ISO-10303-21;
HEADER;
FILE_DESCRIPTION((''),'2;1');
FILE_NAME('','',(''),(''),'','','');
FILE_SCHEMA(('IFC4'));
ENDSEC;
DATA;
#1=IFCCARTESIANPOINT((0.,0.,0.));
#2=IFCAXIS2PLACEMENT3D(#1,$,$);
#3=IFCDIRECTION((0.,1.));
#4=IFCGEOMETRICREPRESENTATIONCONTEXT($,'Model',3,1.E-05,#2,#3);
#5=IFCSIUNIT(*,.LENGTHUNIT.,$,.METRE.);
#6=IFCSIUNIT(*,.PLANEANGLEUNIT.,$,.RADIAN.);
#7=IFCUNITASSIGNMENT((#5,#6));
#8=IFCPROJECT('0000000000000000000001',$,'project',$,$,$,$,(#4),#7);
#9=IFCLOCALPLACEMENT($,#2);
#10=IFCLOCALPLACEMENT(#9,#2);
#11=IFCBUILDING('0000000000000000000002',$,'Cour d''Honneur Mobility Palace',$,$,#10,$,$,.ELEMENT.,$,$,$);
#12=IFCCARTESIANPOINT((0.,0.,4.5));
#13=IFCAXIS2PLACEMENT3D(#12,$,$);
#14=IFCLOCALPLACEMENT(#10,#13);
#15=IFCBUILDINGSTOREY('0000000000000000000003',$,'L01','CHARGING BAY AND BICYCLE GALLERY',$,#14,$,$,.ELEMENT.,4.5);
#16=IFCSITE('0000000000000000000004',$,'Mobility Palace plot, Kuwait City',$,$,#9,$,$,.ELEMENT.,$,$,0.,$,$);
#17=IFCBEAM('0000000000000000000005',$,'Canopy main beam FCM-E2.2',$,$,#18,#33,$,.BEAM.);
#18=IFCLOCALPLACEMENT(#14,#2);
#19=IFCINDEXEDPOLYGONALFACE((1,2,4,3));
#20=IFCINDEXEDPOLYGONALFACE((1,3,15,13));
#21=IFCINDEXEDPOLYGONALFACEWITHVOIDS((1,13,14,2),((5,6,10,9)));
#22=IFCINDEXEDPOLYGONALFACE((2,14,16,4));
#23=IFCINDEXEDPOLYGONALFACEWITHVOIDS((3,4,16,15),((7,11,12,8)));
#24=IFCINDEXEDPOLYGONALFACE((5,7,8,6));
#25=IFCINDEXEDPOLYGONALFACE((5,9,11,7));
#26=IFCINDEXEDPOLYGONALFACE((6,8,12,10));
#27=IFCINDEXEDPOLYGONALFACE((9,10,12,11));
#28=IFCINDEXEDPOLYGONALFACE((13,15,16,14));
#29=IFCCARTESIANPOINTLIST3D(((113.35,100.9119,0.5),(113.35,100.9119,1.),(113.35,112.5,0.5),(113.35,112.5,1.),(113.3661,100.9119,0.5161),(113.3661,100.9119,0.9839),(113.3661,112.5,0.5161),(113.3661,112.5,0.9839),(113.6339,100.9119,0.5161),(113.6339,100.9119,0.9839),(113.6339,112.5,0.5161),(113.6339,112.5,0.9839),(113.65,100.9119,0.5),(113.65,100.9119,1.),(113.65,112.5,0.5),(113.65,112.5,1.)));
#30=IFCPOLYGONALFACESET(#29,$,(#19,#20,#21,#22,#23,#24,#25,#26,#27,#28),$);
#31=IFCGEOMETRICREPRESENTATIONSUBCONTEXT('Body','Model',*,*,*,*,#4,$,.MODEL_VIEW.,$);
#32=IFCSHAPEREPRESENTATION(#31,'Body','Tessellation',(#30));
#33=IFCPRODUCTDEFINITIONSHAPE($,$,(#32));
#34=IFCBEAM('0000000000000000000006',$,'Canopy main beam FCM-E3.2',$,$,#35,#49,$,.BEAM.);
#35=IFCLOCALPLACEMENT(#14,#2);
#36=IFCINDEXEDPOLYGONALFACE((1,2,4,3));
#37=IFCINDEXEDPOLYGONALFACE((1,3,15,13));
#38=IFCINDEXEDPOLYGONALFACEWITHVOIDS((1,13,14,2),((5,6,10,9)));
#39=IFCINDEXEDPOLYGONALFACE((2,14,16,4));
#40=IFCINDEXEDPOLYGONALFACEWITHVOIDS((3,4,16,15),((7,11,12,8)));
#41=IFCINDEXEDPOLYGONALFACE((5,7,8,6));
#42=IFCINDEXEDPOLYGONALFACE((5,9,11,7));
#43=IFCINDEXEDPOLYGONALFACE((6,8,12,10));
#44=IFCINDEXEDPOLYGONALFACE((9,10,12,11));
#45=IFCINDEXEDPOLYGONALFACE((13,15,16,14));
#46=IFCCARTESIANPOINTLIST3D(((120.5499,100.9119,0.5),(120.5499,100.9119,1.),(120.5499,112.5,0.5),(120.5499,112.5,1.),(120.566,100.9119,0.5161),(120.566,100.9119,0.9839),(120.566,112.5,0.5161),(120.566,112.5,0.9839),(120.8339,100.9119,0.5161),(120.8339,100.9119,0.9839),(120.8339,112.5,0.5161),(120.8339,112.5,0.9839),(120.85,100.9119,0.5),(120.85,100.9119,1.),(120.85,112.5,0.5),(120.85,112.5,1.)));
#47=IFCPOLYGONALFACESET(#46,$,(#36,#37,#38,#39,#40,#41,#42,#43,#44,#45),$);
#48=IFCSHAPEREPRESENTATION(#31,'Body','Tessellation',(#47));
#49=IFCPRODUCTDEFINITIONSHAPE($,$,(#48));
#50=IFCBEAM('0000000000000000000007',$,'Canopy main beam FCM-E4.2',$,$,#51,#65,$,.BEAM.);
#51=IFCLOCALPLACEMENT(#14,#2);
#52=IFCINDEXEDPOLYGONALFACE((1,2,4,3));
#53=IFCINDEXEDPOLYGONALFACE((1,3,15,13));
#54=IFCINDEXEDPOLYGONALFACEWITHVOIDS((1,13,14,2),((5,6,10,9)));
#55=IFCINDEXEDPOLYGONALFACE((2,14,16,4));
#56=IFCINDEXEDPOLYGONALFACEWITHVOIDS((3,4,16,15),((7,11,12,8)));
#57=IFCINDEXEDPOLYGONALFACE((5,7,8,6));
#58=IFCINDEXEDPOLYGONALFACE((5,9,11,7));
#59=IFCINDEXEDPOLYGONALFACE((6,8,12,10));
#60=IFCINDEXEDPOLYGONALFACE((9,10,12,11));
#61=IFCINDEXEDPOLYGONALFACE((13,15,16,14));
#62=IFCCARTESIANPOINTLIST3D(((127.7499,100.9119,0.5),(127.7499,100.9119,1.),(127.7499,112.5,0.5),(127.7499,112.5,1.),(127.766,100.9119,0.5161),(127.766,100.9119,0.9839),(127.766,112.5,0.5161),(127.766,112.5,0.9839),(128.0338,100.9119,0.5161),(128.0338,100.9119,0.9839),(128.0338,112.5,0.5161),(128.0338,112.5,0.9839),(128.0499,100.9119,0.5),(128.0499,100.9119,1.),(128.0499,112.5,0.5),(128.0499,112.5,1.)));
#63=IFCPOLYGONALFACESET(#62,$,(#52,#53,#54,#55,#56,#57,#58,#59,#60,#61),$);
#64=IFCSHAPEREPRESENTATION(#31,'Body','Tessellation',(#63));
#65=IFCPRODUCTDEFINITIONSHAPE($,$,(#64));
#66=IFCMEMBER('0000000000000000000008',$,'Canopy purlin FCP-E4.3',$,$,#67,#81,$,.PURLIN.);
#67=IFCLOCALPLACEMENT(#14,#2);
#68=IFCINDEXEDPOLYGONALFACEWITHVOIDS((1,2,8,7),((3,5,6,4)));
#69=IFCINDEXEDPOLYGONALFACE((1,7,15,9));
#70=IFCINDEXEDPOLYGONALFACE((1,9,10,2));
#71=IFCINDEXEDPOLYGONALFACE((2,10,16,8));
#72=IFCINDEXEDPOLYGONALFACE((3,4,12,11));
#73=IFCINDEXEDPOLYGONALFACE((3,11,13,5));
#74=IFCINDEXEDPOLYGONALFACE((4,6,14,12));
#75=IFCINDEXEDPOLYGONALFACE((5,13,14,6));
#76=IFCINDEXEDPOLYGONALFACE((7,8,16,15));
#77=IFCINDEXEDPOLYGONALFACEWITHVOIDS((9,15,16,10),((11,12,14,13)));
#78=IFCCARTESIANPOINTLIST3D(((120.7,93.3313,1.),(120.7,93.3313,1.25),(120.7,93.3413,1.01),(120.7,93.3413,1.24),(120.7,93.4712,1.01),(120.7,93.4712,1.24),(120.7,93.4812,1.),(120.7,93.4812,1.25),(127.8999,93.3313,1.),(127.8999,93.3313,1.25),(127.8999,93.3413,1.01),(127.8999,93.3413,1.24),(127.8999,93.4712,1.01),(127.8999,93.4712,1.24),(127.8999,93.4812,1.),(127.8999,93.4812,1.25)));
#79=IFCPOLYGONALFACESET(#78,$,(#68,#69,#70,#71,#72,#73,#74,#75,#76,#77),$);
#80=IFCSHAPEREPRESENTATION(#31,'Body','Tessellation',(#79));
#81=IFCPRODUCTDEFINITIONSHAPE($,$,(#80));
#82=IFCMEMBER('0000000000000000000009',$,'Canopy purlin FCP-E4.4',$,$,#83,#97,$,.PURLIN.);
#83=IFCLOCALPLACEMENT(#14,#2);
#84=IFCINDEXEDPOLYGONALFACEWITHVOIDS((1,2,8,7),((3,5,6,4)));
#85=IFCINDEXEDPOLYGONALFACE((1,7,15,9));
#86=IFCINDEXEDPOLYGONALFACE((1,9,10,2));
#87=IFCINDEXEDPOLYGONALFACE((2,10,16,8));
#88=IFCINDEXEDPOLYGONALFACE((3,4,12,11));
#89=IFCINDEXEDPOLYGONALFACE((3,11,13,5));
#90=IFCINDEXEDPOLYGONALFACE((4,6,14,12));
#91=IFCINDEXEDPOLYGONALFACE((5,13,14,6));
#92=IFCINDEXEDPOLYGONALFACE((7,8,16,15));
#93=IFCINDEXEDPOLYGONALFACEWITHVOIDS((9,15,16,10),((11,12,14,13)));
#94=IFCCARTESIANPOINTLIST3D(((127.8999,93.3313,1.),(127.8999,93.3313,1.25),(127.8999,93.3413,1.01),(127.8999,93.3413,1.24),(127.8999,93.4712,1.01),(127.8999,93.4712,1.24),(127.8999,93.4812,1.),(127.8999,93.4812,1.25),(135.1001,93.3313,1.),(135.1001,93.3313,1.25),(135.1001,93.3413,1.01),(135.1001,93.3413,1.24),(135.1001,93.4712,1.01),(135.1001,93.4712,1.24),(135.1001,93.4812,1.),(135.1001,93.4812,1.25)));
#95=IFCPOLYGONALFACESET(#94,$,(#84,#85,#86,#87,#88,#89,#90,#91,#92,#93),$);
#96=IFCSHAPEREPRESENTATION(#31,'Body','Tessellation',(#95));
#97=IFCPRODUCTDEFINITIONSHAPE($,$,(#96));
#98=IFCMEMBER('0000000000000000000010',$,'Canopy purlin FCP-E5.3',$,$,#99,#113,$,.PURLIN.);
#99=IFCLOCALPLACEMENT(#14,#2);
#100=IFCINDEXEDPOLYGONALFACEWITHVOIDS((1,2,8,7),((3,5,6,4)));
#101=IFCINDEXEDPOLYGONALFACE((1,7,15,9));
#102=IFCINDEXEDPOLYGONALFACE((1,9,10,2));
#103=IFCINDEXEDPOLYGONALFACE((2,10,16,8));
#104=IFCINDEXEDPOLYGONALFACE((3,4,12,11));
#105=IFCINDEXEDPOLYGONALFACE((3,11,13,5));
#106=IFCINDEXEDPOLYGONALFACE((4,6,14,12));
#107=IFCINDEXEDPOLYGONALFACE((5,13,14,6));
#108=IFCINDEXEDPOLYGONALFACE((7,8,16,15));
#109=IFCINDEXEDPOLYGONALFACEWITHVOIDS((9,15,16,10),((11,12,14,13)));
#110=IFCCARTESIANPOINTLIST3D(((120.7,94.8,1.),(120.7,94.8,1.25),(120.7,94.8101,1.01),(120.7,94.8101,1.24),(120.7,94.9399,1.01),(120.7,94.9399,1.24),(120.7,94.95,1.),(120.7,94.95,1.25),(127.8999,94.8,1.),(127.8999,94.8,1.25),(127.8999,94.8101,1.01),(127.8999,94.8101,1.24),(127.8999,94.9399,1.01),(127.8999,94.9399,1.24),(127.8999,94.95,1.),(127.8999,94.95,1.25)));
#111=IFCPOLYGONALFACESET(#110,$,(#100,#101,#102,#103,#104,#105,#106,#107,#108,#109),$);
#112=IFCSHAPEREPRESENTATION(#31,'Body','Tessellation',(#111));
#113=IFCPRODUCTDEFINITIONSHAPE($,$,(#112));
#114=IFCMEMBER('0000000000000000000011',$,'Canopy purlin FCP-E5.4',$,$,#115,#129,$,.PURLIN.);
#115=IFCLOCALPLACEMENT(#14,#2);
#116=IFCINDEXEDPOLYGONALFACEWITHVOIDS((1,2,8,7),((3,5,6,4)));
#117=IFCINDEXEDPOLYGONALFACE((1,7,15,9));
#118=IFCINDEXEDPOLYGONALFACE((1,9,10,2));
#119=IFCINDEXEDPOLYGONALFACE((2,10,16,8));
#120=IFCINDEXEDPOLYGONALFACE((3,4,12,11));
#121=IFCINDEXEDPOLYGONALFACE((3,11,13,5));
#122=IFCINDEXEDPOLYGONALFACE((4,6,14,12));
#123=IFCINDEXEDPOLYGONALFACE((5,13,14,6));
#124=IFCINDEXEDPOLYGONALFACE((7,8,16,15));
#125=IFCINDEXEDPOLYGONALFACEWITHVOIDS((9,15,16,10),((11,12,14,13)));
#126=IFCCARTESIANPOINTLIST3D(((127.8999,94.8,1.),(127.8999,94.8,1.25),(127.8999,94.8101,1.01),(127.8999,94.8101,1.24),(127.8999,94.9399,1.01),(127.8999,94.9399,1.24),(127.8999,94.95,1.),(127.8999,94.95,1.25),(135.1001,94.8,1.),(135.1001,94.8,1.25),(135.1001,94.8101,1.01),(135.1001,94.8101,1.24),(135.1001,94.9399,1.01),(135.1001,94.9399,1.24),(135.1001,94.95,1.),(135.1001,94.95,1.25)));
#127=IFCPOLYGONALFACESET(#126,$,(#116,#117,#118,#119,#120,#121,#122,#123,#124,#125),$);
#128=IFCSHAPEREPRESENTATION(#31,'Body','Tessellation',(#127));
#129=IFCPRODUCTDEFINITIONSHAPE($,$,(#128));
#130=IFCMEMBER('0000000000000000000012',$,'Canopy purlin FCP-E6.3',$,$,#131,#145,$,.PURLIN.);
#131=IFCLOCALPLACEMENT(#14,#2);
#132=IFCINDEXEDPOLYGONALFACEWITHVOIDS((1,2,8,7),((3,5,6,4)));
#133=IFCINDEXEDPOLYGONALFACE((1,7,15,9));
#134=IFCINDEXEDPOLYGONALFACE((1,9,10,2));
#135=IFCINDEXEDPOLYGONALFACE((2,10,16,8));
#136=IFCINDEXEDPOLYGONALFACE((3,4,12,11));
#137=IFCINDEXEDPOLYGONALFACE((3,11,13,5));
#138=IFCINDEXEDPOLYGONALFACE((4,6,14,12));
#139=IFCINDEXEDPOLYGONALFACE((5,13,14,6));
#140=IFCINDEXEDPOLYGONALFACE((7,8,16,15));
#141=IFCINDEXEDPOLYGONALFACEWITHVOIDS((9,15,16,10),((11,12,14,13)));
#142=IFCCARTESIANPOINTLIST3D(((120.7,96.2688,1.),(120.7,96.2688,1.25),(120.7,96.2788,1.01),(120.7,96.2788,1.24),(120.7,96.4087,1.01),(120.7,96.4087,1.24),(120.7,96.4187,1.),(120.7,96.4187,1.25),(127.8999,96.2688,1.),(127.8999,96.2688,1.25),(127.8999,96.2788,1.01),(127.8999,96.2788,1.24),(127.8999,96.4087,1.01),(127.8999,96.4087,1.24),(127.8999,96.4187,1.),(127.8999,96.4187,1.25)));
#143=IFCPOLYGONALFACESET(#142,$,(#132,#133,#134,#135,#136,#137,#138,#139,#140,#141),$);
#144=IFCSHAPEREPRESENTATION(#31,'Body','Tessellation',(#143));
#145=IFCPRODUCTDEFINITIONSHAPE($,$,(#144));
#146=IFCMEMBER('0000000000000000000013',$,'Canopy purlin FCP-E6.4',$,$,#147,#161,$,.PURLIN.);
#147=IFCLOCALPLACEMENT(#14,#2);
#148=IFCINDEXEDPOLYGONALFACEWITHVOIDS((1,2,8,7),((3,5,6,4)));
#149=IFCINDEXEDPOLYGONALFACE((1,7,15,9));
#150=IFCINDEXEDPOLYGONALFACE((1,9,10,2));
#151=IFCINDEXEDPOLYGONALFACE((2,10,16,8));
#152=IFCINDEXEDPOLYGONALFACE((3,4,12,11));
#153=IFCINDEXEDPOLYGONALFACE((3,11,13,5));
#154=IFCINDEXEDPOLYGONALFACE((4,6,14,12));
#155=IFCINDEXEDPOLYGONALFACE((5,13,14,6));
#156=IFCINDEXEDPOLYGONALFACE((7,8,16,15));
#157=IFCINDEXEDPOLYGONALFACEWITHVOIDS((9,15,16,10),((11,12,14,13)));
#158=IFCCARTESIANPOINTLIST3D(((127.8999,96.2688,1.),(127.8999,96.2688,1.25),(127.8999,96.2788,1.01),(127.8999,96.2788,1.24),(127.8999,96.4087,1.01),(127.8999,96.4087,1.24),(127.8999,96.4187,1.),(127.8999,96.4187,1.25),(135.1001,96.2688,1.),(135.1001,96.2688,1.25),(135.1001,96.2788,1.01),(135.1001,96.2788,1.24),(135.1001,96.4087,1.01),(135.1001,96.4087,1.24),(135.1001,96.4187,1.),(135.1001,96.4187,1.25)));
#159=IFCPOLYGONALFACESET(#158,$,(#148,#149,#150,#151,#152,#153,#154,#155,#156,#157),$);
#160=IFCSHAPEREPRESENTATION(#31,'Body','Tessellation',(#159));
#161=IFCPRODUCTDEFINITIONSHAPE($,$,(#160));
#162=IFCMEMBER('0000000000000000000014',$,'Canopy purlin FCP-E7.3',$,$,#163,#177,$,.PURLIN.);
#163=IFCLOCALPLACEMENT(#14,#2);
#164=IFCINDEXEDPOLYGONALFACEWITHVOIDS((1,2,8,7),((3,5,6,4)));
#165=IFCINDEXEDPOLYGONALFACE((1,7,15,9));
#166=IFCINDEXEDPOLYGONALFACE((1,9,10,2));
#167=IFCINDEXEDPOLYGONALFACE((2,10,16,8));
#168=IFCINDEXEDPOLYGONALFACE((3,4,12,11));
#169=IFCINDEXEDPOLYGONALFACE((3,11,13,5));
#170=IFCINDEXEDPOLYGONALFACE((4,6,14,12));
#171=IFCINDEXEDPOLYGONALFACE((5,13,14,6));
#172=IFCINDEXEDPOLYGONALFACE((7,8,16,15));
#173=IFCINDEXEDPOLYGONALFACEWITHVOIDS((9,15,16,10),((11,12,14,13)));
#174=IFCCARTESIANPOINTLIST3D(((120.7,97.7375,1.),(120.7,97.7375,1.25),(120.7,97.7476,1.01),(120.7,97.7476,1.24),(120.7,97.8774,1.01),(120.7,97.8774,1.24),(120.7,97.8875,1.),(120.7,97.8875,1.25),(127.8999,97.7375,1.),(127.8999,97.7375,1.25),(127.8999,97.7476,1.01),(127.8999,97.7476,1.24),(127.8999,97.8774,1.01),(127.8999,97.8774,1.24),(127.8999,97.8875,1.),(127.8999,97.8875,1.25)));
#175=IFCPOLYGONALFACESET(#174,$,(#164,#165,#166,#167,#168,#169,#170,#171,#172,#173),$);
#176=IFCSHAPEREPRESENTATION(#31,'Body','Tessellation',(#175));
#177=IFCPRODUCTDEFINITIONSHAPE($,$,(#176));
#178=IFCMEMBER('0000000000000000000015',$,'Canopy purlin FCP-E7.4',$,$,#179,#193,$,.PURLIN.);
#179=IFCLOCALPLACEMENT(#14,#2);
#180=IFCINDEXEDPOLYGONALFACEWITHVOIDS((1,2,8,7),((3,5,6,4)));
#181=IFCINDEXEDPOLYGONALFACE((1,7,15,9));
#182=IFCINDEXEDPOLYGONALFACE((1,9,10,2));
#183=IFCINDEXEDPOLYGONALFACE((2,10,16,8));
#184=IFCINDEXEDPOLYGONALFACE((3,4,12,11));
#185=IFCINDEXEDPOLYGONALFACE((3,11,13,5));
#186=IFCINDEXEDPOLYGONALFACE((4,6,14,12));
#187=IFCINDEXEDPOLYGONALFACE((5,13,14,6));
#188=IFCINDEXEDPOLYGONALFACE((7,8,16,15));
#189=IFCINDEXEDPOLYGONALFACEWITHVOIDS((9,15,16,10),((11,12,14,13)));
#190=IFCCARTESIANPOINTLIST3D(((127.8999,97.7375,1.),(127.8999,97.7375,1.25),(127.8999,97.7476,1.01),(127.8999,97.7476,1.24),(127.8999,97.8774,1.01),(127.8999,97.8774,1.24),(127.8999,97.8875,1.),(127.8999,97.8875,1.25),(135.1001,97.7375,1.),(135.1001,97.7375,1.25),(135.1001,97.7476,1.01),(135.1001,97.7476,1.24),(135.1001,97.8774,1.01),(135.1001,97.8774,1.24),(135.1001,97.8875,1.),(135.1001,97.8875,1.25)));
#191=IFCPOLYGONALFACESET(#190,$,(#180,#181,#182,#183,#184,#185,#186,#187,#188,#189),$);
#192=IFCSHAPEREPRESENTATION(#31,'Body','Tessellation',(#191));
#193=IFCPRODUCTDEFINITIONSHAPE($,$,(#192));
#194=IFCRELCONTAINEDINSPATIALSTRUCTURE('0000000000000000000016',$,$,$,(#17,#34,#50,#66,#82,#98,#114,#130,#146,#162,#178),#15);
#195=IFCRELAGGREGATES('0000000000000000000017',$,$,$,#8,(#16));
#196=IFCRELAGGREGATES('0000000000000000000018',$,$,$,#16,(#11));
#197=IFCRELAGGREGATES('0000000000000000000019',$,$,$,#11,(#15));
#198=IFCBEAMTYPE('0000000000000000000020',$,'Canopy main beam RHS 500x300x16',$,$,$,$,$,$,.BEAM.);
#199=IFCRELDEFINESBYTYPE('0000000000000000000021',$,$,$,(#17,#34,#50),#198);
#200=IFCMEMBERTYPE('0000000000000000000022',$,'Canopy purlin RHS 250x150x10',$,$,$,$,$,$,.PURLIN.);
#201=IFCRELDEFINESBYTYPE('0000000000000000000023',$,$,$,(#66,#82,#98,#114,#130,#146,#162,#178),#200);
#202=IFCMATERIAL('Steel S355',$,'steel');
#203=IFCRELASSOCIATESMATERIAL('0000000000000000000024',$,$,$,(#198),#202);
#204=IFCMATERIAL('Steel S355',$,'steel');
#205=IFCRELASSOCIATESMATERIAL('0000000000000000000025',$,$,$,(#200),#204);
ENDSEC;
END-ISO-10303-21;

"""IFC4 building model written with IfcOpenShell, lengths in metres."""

from ifc_helpers import new_model, si_unit, direction, frame, origin, origin_2d, place, context, subcontext, project, spatial, hollow_rectangle, extrude, material, material_profile, profile_set, type_object, element, save


model = new_model("IFC4")

# Units and contexts
model_context = context("Model", 3, precision=1e-05, world=origin(), true_north=direction((0.0, 1.0)))
body_context = subcontext(model_context, "Body", "Model", "MODEL_VIEW")
ifc_project = project(units=[si_unit("LENGTHUNIT", "METRE"), si_unit("PLANEANGLEUNIT", "RADIAN")], contexts=[model_context])

# Site, building, storey
site_placement = place(None, origin())
site = spatial("IfcSite", under=ifc_project, at=site_placement, Name="Mobility Palace plot, Kuwait City", CompositionType="ELEMENT", RefElevation=0.0)
building_placement = place(site_placement, origin())
building = spatial("IfcBuilding", under=site, at=building_placement, Name="Cour d'Honneur Mobility Palace", CompositionType="ELEMENT")
storey_placement = place(building_placement, frame((0.0, 0.0, 4.5)))
storey = spatial("IfcBuildingStorey", under=building, at=storey_placement, Name="L01", Description="CHARGING BAY AND BICYCLE GALLERY", CompositionType="ELEMENT", Elevation=4.5)

# Beams
ifc_material_1 = material(Name="Steel S355", Category="steel")
ifc_material_profile_1 = material_profile(ifc_material_1, hollow_rectangle(XDim=0.3, YDim=0.5, WallThickness=0.0161, at=origin_2d()), Name="RHS 500x300x16")
ifc_profile_set_1 = profile_set([ifc_material_profile_1], Name="Steel S355")
beam_type_1 = type_object("IfcBeamType", Name="Canopy main beam RHS 500x300x16", PredefinedType="BEAM", material=ifc_profile_set_1)
for number, where, z_axis, x_axis, name in (
    (1, (113.5, 100.9119, 0.75), (0.0, 1.0, 0.0), (-1.0, 0.0, 0.0), "Canopy main beam FCM-E2.2"),
    (2, (120.7, 100.9119, 0.75), (0.0, 1.0, 0.0), (-1.0, 0.0, 0.0), "Canopy main beam FCM-E3.2"),
    (3, (127.8999, 100.9119, 0.75), (0.0, 1.0, 0.0), (-1.0, 0.0, 0.0), "Canopy main beam FCM-E4.2"),
):
    element("IfcBeam", number, at=place(storey_placement, frame(where, z_axis=z_axis, x_axis=x_axis)), inside=storey, type_object=beam_type_1, Name=name, PredefinedType="BEAM", context=body_context, shape_type="SweptSolid", body=[
        extrude(hollow_rectangle(XDim=0.3, YDim=0.5, WallThickness=0.0161, at=origin_2d()), origin(), (0.0, 0.0, 1.0), 11.5881),
    ])

# Members
ifc_material_2 = material(Name="Steel S355", Category="steel")
ifc_material_profile_2 = material_profile(ifc_material_2, hollow_rectangle(XDim=0.1499, YDim=0.25, WallThickness=0.01, at=origin_2d()), Name="RHS 250x150x10")
ifc_profile_set_2 = profile_set([ifc_material_profile_2], Name="Steel S355")
member_type = type_object("IfcMemberType", Name="Canopy purlin RHS 250x150x10", PredefinedType="PURLIN", material=ifc_profile_set_2)
member_1_placement = place(storey_placement, frame((120.7, 93.4062, 1.125), z_axis=(1.0, 0.0, 0.0), x_axis=(0.0, 1.0, 0.0)))
element("IfcMember", 4, at=member_1_placement, inside=storey, type_object=member_type, Name="Canopy purlin FCP-E4.3", PredefinedType="PURLIN", context=body_context, shape_type="SweptSolid", body=[
    extrude(hollow_rectangle(XDim=0.1499, YDim=0.25, WallThickness=0.01, at=origin_2d()), origin(), (0.0, 0.0, 1.0), 7.2),
])
member_2_placement = place(storey_placement, frame((127.8999, 93.4062, 1.125), z_axis=(1.0, 0.0, 0.0), x_axis=(0.0, 1.0, 0.0)))
element("IfcMember", 5, at=member_2_placement, inside=storey, type_object=member_type, Name="Canopy purlin FCP-E4.4", PredefinedType="PURLIN", context=body_context, shape_type="SweptSolid", body=[
    extrude(hollow_rectangle(XDim=0.1499, YDim=0.25, WallThickness=0.01, at=origin_2d()), origin(), (0.0, 0.0, 1.0), 7.2002),
])
member_3_placement = place(storey_placement, frame((120.7, 94.875, 1.125), z_axis=(1.0, 0.0, 0.0), x_axis=(0.0, 1.0, 0.0)))
element("IfcMember", 6, at=member_3_placement, inside=storey, type_object=member_type, Name="Canopy purlin FCP-E5.3", PredefinedType="PURLIN", context=body_context, shape_type="SweptSolid", body=[
    extrude(hollow_rectangle(XDim=0.1499, YDim=0.25, WallThickness=0.01, at=origin_2d()), origin(), (0.0, 0.0, 1.0), 7.2),
])
member_4_placement = place(storey_placement, frame((127.8999, 94.875, 1.125), z_axis=(1.0, 0.0, 0.0), x_axis=(0.0, 1.0, 0.0)))
element("IfcMember", 7, at=member_4_placement, inside=storey, type_object=member_type, Name="Canopy purlin FCP-E5.4", PredefinedType="PURLIN", context=body_context, shape_type="SweptSolid", body=[
    extrude(hollow_rectangle(XDim=0.1499, YDim=0.25, WallThickness=0.01, at=origin_2d()), origin(), (0.0, 0.0, 1.0), 7.2002),
])
member_5_placement = place(storey_placement, frame((120.7, 96.3438, 1.125), z_axis=(1.0, 0.0, 0.0), x_axis=(0.0, 1.0, 0.0)))
element("IfcMember", 8, at=member_5_placement, inside=storey, type_object=member_type, Name="Canopy purlin FCP-E6.3", PredefinedType="PURLIN", context=body_context, shape_type="SweptSolid", body=[
    extrude(hollow_rectangle(XDim=0.1499, YDim=0.25, WallThickness=0.01, at=origin_2d()), origin(), (0.0, 0.0, 1.0), 7.2),
])
member_6_placement = place(storey_placement, frame((127.8999, 96.3438, 1.125), z_axis=(1.0, 0.0, 0.0), x_axis=(0.0, 1.0, 0.0)))
element("IfcMember", 9, at=member_6_placement, inside=storey, type_object=member_type, Name="Canopy purlin FCP-E6.4", PredefinedType="PURLIN", context=body_context, shape_type="SweptSolid", body=[
    extrude(hollow_rectangle(XDim=0.1499, YDim=0.25, WallThickness=0.01, at=origin_2d()), origin(), (0.0, 0.0, 1.0), 7.2002),
])
member_7_placement = place(storey_placement, frame((120.7, 97.8125, 1.125), z_axis=(1.0, 0.0, 0.0), x_axis=(0.0, 1.0, 0.0)))
element("IfcMember", 10, at=member_7_placement, inside=storey, type_object=member_type, Name="Canopy purlin FCP-E7.3", PredefinedType="PURLIN", context=body_context, shape_type="SweptSolid", body=[
    extrude(hollow_rectangle(XDim=0.1499, YDim=0.25, WallThickness=0.01, at=origin_2d()), origin(), (0.0, 0.0, 1.0), 7.2),
])
member_8_placement = place(storey_placement, frame((127.8999, 97.8125, 1.125), z_axis=(1.0, 0.0, 0.0), x_axis=(0.0, 1.0, 0.0)))
element("IfcMember", 11, at=member_8_placement, inside=storey, type_object=member_type, Name="Canopy purlin FCP-E7.4", PredefinedType="PURLIN", context=body_context, shape_type="SweptSolid", body=[
    extrude(hollow_rectangle(XDim=0.1499, YDim=0.25, WallThickness=0.01, at=origin_2d()), origin(), (0.0, 0.0, 1.0), 7.2002),
])

save(model, "model.ifc")
